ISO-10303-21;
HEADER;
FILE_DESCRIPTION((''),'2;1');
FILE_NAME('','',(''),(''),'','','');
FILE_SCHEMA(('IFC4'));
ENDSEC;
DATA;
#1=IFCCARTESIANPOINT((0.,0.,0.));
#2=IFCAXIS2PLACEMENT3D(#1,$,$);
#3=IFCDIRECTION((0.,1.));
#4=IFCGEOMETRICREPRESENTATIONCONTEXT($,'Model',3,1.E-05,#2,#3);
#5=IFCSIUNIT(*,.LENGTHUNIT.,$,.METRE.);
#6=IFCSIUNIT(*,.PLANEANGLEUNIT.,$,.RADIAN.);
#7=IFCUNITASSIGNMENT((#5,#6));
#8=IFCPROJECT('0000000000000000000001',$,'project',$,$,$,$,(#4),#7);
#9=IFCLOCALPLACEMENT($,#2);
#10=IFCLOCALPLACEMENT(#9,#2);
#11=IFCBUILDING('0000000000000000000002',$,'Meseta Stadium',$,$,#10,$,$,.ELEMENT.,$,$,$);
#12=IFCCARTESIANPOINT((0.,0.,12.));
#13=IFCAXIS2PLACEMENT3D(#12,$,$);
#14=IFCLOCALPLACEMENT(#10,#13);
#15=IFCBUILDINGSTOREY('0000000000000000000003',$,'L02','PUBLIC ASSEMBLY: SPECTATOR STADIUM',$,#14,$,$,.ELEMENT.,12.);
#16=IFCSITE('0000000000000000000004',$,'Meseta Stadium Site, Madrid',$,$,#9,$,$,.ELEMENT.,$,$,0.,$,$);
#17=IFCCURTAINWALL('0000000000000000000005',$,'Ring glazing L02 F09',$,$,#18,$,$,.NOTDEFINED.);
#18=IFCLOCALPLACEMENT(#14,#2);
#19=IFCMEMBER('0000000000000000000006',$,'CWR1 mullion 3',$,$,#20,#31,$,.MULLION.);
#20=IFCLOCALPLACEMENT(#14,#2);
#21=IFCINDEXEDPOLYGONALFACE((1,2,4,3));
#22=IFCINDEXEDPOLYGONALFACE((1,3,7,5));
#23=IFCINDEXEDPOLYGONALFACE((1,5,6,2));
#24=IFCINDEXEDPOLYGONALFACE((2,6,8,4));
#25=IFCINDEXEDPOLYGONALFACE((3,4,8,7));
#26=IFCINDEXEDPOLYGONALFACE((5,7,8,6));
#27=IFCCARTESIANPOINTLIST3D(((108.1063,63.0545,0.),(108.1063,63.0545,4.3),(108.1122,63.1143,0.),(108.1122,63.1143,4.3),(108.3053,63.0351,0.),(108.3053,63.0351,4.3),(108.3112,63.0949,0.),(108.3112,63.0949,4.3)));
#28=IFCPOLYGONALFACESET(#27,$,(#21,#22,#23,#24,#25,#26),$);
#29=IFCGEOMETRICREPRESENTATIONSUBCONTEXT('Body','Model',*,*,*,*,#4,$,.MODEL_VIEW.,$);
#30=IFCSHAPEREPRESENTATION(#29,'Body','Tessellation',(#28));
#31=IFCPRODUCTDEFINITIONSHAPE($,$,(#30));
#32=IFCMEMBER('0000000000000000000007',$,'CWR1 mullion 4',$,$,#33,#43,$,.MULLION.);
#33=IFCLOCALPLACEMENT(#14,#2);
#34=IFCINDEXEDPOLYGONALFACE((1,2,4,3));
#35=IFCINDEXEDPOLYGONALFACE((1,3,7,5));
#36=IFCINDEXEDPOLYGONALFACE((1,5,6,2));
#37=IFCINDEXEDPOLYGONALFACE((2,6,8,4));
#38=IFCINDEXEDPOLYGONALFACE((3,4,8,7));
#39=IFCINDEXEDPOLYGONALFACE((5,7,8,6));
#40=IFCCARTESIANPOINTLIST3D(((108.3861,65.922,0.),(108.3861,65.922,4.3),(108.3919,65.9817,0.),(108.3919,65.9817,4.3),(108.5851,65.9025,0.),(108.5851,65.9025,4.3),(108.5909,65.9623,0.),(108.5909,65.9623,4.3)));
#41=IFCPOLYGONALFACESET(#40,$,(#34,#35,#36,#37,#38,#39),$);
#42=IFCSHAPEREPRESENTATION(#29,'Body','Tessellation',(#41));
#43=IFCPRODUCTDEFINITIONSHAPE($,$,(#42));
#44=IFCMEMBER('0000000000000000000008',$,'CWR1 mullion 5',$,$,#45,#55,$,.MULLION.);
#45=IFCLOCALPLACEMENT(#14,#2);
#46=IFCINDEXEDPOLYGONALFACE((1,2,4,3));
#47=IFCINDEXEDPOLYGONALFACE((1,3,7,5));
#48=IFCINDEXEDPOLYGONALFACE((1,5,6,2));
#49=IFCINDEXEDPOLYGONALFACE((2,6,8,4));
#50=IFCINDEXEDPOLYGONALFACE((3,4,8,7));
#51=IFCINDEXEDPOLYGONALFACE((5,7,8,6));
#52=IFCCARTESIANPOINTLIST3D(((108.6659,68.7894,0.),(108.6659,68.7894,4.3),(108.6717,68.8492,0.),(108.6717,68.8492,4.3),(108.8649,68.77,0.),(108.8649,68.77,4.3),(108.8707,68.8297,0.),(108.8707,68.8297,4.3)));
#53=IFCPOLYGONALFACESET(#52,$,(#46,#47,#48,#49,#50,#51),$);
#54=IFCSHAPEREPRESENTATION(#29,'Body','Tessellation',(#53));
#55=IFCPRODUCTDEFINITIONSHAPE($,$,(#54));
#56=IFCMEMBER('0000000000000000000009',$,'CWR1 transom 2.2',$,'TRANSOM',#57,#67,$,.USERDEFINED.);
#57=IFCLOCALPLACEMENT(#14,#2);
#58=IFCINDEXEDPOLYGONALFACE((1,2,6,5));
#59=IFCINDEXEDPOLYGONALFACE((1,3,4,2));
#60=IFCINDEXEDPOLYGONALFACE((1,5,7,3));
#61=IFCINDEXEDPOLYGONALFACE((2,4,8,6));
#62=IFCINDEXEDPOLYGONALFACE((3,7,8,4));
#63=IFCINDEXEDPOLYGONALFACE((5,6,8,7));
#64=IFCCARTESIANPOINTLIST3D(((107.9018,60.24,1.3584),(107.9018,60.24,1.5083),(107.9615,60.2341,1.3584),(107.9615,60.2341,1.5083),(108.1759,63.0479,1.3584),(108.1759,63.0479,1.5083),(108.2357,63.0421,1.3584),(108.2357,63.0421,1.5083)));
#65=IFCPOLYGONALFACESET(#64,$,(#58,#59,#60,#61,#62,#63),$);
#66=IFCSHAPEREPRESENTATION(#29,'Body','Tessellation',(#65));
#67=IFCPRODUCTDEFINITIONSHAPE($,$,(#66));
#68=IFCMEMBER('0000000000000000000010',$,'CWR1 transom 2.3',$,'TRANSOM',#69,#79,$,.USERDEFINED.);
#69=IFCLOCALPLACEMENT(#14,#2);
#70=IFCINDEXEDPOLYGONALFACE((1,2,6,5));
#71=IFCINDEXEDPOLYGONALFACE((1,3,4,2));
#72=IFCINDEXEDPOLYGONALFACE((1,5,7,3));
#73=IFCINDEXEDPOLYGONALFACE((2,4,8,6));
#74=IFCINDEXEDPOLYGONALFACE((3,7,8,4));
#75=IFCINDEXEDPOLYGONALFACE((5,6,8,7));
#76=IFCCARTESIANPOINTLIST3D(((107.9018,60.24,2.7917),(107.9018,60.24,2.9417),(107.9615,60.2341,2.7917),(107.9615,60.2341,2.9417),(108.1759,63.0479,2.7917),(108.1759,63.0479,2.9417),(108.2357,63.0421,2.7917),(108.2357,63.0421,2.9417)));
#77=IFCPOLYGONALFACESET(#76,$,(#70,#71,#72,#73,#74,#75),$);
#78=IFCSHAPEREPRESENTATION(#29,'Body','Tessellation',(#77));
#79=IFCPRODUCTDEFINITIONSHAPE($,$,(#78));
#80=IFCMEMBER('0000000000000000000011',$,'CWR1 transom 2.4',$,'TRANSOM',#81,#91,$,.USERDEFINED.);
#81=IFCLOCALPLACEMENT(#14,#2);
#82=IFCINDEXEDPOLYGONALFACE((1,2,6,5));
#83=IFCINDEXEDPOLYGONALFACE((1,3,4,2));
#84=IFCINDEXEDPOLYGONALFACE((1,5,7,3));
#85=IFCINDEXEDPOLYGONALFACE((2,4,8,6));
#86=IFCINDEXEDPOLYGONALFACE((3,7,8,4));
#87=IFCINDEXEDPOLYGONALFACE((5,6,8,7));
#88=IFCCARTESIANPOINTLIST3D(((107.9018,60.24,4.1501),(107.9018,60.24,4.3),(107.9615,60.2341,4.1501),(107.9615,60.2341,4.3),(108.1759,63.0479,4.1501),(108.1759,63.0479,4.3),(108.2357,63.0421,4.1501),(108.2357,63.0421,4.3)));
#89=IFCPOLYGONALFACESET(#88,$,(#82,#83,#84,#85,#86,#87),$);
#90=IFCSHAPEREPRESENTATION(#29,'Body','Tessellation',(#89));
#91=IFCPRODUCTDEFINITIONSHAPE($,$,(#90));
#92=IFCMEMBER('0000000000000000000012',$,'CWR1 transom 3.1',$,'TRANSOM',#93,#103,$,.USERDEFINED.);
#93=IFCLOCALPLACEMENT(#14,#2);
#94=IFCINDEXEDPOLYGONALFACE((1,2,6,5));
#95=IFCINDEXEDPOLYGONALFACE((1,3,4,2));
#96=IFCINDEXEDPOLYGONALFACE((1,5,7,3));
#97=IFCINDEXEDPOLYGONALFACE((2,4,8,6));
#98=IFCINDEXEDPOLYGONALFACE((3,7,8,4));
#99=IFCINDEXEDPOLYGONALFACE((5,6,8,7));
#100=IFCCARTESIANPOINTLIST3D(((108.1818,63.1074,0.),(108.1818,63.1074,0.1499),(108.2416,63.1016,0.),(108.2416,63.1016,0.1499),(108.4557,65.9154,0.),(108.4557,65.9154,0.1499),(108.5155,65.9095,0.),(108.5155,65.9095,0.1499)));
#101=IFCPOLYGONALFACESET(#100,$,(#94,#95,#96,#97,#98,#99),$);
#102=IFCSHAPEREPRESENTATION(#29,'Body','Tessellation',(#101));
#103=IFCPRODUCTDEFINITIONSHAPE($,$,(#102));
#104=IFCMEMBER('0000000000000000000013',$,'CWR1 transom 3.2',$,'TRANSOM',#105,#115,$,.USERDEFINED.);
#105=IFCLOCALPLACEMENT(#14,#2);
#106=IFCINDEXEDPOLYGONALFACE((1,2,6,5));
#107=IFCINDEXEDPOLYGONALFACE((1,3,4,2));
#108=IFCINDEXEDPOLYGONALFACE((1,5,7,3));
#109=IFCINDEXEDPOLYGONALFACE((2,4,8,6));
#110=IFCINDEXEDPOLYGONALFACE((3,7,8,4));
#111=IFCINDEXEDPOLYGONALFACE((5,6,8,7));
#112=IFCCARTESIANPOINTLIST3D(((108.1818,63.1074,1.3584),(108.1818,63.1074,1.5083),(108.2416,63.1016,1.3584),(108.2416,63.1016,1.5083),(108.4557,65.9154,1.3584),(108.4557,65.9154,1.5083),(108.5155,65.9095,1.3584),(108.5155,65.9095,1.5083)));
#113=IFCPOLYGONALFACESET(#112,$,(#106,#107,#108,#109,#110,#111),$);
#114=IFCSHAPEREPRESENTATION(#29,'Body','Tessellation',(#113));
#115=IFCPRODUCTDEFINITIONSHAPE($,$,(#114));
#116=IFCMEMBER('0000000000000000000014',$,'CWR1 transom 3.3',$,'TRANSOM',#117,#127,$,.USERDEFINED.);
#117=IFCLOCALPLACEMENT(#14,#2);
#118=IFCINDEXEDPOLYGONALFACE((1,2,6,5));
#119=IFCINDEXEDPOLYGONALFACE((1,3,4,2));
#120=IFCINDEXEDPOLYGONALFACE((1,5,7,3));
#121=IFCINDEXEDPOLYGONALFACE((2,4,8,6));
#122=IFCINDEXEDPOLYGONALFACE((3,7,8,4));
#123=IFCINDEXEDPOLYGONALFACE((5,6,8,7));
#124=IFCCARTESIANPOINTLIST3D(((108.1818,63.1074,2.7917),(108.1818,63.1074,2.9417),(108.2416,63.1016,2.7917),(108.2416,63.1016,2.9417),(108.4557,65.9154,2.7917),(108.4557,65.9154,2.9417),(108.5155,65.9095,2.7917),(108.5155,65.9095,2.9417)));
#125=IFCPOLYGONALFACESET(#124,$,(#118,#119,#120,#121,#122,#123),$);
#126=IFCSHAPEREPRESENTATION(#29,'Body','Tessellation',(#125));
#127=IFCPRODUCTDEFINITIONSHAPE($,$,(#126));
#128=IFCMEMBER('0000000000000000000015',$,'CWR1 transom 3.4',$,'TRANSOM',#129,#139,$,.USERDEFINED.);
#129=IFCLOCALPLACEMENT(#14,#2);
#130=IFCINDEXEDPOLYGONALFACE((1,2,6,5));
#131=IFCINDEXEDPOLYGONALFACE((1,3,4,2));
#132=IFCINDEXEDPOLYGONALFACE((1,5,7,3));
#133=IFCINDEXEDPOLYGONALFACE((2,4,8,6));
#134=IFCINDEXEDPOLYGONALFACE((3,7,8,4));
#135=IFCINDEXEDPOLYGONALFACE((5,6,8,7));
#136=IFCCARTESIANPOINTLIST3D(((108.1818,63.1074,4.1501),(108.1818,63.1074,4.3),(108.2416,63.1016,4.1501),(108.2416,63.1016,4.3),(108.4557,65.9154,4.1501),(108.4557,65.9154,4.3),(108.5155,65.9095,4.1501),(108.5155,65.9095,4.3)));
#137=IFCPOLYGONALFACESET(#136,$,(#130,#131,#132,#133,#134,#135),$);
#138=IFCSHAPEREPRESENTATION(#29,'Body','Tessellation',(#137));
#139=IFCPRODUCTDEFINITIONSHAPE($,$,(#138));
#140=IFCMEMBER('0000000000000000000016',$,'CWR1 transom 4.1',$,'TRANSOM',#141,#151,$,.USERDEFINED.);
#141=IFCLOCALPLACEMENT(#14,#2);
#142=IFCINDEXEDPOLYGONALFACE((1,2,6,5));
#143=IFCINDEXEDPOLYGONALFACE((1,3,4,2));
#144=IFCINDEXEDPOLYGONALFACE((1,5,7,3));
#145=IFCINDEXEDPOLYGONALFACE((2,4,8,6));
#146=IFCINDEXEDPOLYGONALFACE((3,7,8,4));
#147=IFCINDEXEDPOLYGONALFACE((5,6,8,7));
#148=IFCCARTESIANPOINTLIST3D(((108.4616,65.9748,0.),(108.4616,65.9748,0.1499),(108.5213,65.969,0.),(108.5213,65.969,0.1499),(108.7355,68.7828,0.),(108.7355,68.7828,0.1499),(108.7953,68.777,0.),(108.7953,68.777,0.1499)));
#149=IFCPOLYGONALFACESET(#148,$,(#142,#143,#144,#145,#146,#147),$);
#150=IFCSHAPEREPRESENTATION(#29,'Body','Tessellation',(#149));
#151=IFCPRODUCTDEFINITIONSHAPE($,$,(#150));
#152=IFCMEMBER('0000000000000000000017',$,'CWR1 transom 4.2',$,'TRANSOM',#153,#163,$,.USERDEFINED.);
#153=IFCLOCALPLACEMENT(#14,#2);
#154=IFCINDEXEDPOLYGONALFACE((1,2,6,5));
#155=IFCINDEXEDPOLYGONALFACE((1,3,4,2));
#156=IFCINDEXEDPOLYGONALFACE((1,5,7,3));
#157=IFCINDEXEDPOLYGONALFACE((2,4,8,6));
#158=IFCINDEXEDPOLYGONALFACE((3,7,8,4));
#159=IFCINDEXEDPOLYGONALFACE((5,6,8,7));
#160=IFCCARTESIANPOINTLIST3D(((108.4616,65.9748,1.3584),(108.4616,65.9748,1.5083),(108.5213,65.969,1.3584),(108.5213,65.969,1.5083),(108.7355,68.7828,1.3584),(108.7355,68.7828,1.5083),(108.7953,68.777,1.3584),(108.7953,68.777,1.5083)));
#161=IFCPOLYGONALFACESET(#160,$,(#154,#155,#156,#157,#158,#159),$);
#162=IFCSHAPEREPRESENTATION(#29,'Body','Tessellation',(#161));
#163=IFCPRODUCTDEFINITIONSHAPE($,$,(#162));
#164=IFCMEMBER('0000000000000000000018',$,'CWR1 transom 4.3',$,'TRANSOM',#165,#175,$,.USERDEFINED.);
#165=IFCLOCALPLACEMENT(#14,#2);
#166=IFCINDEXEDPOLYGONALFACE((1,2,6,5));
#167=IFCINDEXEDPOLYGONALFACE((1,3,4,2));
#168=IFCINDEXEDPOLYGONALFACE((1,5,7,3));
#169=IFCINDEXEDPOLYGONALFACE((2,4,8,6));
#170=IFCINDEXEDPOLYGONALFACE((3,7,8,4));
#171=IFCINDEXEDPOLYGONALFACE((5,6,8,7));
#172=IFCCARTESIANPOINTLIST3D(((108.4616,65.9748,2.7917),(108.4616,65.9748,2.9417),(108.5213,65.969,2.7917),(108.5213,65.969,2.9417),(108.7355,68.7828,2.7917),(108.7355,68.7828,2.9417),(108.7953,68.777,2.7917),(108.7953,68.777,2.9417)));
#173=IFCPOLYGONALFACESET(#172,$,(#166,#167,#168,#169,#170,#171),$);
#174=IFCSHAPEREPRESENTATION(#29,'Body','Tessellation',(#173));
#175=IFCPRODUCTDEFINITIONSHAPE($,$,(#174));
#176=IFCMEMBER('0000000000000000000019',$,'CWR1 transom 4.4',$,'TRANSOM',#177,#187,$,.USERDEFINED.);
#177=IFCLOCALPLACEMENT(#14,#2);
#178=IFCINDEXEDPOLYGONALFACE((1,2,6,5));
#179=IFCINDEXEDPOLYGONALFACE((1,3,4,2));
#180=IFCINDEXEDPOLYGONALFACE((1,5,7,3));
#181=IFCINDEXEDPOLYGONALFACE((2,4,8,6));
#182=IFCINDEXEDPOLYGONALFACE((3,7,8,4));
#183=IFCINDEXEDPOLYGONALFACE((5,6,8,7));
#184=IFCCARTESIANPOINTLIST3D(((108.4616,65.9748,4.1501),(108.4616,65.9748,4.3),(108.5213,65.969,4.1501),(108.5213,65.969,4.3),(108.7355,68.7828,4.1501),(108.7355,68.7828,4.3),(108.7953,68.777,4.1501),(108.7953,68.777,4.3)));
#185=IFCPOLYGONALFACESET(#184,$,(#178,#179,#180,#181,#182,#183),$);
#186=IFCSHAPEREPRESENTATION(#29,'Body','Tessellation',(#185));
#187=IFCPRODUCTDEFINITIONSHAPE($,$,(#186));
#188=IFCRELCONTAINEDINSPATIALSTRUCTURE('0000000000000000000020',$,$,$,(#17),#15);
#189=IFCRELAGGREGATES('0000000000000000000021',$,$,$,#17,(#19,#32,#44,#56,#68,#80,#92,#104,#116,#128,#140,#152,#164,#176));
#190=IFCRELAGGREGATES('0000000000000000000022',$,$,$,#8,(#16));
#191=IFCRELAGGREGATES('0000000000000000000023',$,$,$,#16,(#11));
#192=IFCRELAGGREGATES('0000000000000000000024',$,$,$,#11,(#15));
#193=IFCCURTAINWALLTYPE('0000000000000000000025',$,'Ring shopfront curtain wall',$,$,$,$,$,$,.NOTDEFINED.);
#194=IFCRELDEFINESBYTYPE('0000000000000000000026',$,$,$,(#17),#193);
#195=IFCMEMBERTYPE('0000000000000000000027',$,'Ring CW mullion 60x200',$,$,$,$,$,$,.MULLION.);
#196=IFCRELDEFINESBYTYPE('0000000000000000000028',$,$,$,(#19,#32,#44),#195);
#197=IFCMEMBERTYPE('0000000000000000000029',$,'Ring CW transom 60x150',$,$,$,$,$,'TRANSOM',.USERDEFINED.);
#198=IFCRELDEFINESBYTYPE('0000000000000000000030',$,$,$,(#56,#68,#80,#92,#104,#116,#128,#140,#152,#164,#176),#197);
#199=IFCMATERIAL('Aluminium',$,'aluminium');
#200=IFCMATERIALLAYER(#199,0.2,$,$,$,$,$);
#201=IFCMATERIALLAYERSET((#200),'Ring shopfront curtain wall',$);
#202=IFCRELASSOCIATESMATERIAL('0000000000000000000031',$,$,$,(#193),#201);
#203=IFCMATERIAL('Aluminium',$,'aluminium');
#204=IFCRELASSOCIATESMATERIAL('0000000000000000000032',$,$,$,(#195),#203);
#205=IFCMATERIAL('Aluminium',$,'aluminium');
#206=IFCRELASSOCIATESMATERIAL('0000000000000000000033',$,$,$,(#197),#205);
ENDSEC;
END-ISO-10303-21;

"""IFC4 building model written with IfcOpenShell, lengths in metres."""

from ifc_helpers import new_model, si_unit, direction, frame, origin, origin_2d, place, context, subcontext, project, spatial, rectangle, extrude, material, layer, layer_set, material_profile, profile_set, type_object, element, aggregate, save


model = new_model("IFC4")

# Units and contexts
model_context = context("Model", 3, precision=1e-05, world=origin(), true_north=direction((0.0, 1.0)))
body_context = subcontext(model_context, "Body", "Model", "MODEL_VIEW")
ifc_project = project(units=[si_unit("LENGTHUNIT", "METRE"), si_unit("PLANEANGLEUNIT", "RADIAN")], contexts=[model_context])

# Site, building, storey
site_placement = place(None, origin())
site = spatial("IfcSite", under=ifc_project, at=site_placement, Name="Meseta Stadium Site, Madrid", CompositionType="ELEMENT", RefElevation=0.0)
building_placement = place(site_placement, origin())
building = spatial("IfcBuilding", under=site, at=building_placement, Name="Meseta Stadium", CompositionType="ELEMENT")
storey_placement = place(building_placement, frame((0.0, 0.0, 12.0)))
storey = spatial("IfcBuildingStorey", under=building, at=storey_placement, Name="L02", Description="PUBLIC ASSEMBLY: SPECTATOR STADIUM", CompositionType="ELEMENT", Elevation=12.0)

# Curtain wall, members
ifc_material_1 = material(Name="Aluminium", Category="aluminium")
ifc_layer_1 = layer(ifc_material_1, 0.2)
ifc_layer_set_1 = layer_set([ifc_layer_1], Name="Ring shopfront curtain wall")
curtain_wall_type = type_object("IfcCurtainWallType", Name="Ring shopfront curtain wall", PredefinedType="NOTDEFINED", material=ifc_layer_set_1)
curtain_wall_1_placement = place(storey_placement, origin())
curtain_wall_1 = element("IfcCurtainWall", 1, at=curtain_wall_1_placement, inside=storey, type_object=curtain_wall_type, Name="Ring glazing L02 F09", PredefinedType="NOTDEFINED")
ifc_material_2 = material(Name="Aluminium", Category="aluminium")
ifc_material_profile_1 = material_profile(ifc_material_2, rectangle(XDim=0.2, YDim=0.0601, at=origin_2d()), Name="CW 200x60")
ifc_profile_set_1 = profile_set([ifc_material_profile_1], Name="Aluminium")
member_type_1 = type_object("IfcMemberType", Name="Ring CW mullion 60x200", PredefinedType="MULLION", material=ifc_profile_set_1)
member_1_placement = place(storey_placement, frame((108.2087, 63.0747, 0.0), z_axis=(0.0, 0.0, 1.0), x_axis=(-0.995272, 0.097125, 0.0)))
member_1 = element("IfcMember", 2, at=member_1_placement, type_object=member_type_1, Name="CWR1 mullion 3", PredefinedType="MULLION", context=body_context, shape_type="SweptSolid", body=[
    extrude(rectangle(XDim=0.2, YDim=0.0601, at=origin_2d()), origin(), (0.0, 0.0, 1.0), 4.3),
])
member_2_placement = place(storey_placement, frame((108.4885, 65.9421, 0.0), z_axis=(0.0, 0.0, 1.0), x_axis=(-0.995272, 0.097125, 0.0)))
member_2 = element("IfcMember", 3, at=member_2_placement, type_object=member_type_1, Name="CWR1 mullion 4", PredefinedType="MULLION", context=body_context, shape_type="SweptSolid", body=[
    extrude(rectangle(XDim=0.2, YDim=0.0601, at=origin_2d()), origin(), (0.0, 0.0, 1.0), 4.3),
])
member_3_placement = place(storey_placement, frame((108.7683, 68.8096, 0.0), z_axis=(0.0, 0.0, 1.0), x_axis=(-0.995272, 0.097125, 0.0)))
member_3 = element("IfcMember", 4, at=member_3_placement, type_object=member_type_1, Name="CWR1 mullion 5", PredefinedType="MULLION", context=body_context, shape_type="SweptSolid", body=[
    extrude(rectangle(XDim=0.2, YDim=0.0601, at=origin_2d()), origin(), (0.0, 0.0, 1.0), 4.3),
])
ifc_material_3 = material(Name="Aluminium", Category="aluminium")
ifc_material_profile_2 = material_profile(ifc_material_3, rectangle(XDim=0.0601, YDim=0.1499, at=origin_2d()), Name="CW 60x150")
ifc_profile_set_2 = profile_set([ifc_material_profile_2], Name="Aluminium")
member_type_2 = type_object("IfcMemberType", Name="Ring CW transom 60x150", ElementType="TRANSOM", PredefinedType="USERDEFINED", material=ifc_profile_set_2)
member_4_placement = place(storey_placement, frame((107.9316, 60.2371, 1.4333), z_axis=(0.097182, 0.995267, 0.0), x_axis=(-0.995267, 0.097182, 0.0)))
member_4 = element("IfcMember", 5, at=member_4_placement, type_object=member_type_2, Name="CWR1 transom 2.2", ObjectType="TRANSOM", PredefinedType="USERDEFINED", context=body_context, shape_type="SweptSolid", body=[
    extrude(rectangle(XDim=0.0601, YDim=0.1499, at=origin_2d()), origin(), (0.0, 0.0, 1.0), 2.8213),
])
member_5_placement = place(storey_placement, frame((107.9316, 60.2371, 2.8667), z_axis=(0.097182, 0.995267, 0.0), x_axis=(-0.995267, 0.097182, 0.0)))
member_5 = element("IfcMember", 6, at=member_5_placement, type_object=member_type_2, Name="CWR1 transom 2.3", ObjectType="TRANSOM", PredefinedType="USERDEFINED", context=body_context, shape_type="SweptSolid", body=[
    extrude(rectangle(XDim=0.0601, YDim=0.1499, at=origin_2d()), origin(), (0.0, 0.0, 1.0), 2.8213),
])
member_6_placement = place(storey_placement, frame((107.9316, 60.2371, 4.2251), z_axis=(0.097182, 0.995267, 0.0), x_axis=(-0.995267, 0.097182, 0.0)))
member_6 = element("IfcMember", 7, at=member_6_placement, type_object=member_type_2, Name="CWR1 transom 2.4", ObjectType="TRANSOM", PredefinedType="USERDEFINED", context=body_context, shape_type="SweptSolid", body=[
    extrude(rectangle(XDim=0.0601, YDim=0.1499, at=origin_2d()), origin(), (0.0, 0.0, 1.0), 2.8213),
])
member_7_placement = place(storey_placement, frame((108.2117, 63.1045, 0.075), z_axis=(0.097096, 0.995275, 0.0), x_axis=(-0.995275, 0.097096, 0.0)))
member_7 = element("IfcMember", 8, at=member_7_placement, type_object=member_type_2, Name="CWR1 transom 3.1", ObjectType="TRANSOM", PredefinedType="USERDEFINED", context=body_context, shape_type="SweptSolid", body=[
    extrude(rectangle(XDim=0.0601, YDim=0.1499, at=origin_2d()), origin(), (0.0, 0.0, 1.0), 2.8213),
])
member_8_placement = place(storey_placement, frame((108.2117, 63.1045, 1.4333), z_axis=(0.097096, 0.995275, 0.0), x_axis=(-0.995275, 0.097096, 0.0)))
member_8 = element("IfcMember", 9, at=member_8_placement, type_object=member_type_2, Name="CWR1 transom 3.2", ObjectType="TRANSOM", PredefinedType="USERDEFINED", context=body_context, shape_type="SweptSolid", body=[
    extrude(rectangle(XDim=0.0601, YDim=0.1499, at=origin_2d()), origin(), (0.0, 0.0, 1.0), 2.8213),
])
member_9_placement = place(storey_placement, frame((108.2117, 63.1045, 2.8667), z_axis=(0.097096, 0.995275, 0.0), x_axis=(-0.995275, 0.097096, 0.0)))
member_9 = element("IfcMember", 10, at=member_9_placement, type_object=member_type_2, Name="CWR1 transom 3.3", ObjectType="TRANSOM", PredefinedType="USERDEFINED", context=body_context, shape_type="SweptSolid", body=[
    extrude(rectangle(XDim=0.0601, YDim=0.1499, at=origin_2d()), origin(), (0.0, 0.0, 1.0), 2.8213),
])
member_10_placement = place(storey_placement, frame((108.2117, 63.1045, 4.2251), z_axis=(0.097096, 0.995275, 0.0), x_axis=(-0.995275, 0.097096, 0.0)))
member_10 = element("IfcMember", 11, at=member_10_placement, type_object=member_type_2, Name="CWR1 transom 3.4", ObjectType="TRANSOM", PredefinedType="USERDEFINED", context=body_context, shape_type="SweptSolid", body=[
    extrude(rectangle(XDim=0.0601, YDim=0.1499, at=origin_2d()), origin(), (0.0, 0.0, 1.0), 2.8213),
])
member_11_placement = place(storey_placement, frame((108.4915, 65.9719, 0.075), z_axis=(0.097096, 0.995275, 0.0), x_axis=(-0.995275, 0.097096, 0.0)))
member_11 = element("IfcMember", 12, at=member_11_placement, type_object=member_type_2, Name="CWR1 transom 4.1", ObjectType="TRANSOM", PredefinedType="USERDEFINED", context=body_context, shape_type="SweptSolid", body=[
    extrude(rectangle(XDim=0.0601, YDim=0.1499, at=origin_2d()), origin(), (0.0, 0.0, 1.0), 2.8213),
])
member_12_placement = place(storey_placement, frame((108.4915, 65.9719, 1.4333), z_axis=(0.097096, 0.995275, 0.0), x_axis=(-0.995275, 0.097096, 0.0)))
member_12 = element("IfcMember", 13, at=member_12_placement, type_object=member_type_2, Name="CWR1 transom 4.2", ObjectType="TRANSOM", PredefinedType="USERDEFINED", context=body_context, shape_type="SweptSolid", body=[
    extrude(rectangle(XDim=0.0601, YDim=0.1499, at=origin_2d()), origin(), (0.0, 0.0, 1.0), 2.8213),
])
member_13_placement = place(storey_placement, frame((108.4915, 65.9719, 2.8667), z_axis=(0.097096, 0.995275, 0.0), x_axis=(-0.995275, 0.097096, 0.0)))
member_13 = element("IfcMember", 14, at=member_13_placement, type_object=member_type_2, Name="CWR1 transom 4.3", ObjectType="TRANSOM", PredefinedType="USERDEFINED", context=body_context, shape_type="SweptSolid", body=[
    extrude(rectangle(XDim=0.0601, YDim=0.1499, at=origin_2d()), origin(), (0.0, 0.0, 1.0), 2.8213),
])
member_14_placement = place(storey_placement, frame((108.4915, 65.9719, 4.2251), z_axis=(0.097096, 0.995275, 0.0), x_axis=(-0.995275, 0.097096, 0.0)))
member_14 = element("IfcMember", 15, at=member_14_placement, type_object=member_type_2, Name="CWR1 transom 4.4", ObjectType="TRANSOM", PredefinedType="USERDEFINED", context=body_context, shape_type="SweptSolid", body=[
    extrude(rectangle(XDim=0.0601, YDim=0.1499, at=origin_2d()), origin(), (0.0, 0.0, 1.0), 2.8213),
])

aggregate(curtain_wall_1, [member_1, member_2, member_3, member_4, member_5, member_6, member_7, member_8, member_9, member_10, member_11, member_12, member_13, member_14])

save(model, "model.ifc")
